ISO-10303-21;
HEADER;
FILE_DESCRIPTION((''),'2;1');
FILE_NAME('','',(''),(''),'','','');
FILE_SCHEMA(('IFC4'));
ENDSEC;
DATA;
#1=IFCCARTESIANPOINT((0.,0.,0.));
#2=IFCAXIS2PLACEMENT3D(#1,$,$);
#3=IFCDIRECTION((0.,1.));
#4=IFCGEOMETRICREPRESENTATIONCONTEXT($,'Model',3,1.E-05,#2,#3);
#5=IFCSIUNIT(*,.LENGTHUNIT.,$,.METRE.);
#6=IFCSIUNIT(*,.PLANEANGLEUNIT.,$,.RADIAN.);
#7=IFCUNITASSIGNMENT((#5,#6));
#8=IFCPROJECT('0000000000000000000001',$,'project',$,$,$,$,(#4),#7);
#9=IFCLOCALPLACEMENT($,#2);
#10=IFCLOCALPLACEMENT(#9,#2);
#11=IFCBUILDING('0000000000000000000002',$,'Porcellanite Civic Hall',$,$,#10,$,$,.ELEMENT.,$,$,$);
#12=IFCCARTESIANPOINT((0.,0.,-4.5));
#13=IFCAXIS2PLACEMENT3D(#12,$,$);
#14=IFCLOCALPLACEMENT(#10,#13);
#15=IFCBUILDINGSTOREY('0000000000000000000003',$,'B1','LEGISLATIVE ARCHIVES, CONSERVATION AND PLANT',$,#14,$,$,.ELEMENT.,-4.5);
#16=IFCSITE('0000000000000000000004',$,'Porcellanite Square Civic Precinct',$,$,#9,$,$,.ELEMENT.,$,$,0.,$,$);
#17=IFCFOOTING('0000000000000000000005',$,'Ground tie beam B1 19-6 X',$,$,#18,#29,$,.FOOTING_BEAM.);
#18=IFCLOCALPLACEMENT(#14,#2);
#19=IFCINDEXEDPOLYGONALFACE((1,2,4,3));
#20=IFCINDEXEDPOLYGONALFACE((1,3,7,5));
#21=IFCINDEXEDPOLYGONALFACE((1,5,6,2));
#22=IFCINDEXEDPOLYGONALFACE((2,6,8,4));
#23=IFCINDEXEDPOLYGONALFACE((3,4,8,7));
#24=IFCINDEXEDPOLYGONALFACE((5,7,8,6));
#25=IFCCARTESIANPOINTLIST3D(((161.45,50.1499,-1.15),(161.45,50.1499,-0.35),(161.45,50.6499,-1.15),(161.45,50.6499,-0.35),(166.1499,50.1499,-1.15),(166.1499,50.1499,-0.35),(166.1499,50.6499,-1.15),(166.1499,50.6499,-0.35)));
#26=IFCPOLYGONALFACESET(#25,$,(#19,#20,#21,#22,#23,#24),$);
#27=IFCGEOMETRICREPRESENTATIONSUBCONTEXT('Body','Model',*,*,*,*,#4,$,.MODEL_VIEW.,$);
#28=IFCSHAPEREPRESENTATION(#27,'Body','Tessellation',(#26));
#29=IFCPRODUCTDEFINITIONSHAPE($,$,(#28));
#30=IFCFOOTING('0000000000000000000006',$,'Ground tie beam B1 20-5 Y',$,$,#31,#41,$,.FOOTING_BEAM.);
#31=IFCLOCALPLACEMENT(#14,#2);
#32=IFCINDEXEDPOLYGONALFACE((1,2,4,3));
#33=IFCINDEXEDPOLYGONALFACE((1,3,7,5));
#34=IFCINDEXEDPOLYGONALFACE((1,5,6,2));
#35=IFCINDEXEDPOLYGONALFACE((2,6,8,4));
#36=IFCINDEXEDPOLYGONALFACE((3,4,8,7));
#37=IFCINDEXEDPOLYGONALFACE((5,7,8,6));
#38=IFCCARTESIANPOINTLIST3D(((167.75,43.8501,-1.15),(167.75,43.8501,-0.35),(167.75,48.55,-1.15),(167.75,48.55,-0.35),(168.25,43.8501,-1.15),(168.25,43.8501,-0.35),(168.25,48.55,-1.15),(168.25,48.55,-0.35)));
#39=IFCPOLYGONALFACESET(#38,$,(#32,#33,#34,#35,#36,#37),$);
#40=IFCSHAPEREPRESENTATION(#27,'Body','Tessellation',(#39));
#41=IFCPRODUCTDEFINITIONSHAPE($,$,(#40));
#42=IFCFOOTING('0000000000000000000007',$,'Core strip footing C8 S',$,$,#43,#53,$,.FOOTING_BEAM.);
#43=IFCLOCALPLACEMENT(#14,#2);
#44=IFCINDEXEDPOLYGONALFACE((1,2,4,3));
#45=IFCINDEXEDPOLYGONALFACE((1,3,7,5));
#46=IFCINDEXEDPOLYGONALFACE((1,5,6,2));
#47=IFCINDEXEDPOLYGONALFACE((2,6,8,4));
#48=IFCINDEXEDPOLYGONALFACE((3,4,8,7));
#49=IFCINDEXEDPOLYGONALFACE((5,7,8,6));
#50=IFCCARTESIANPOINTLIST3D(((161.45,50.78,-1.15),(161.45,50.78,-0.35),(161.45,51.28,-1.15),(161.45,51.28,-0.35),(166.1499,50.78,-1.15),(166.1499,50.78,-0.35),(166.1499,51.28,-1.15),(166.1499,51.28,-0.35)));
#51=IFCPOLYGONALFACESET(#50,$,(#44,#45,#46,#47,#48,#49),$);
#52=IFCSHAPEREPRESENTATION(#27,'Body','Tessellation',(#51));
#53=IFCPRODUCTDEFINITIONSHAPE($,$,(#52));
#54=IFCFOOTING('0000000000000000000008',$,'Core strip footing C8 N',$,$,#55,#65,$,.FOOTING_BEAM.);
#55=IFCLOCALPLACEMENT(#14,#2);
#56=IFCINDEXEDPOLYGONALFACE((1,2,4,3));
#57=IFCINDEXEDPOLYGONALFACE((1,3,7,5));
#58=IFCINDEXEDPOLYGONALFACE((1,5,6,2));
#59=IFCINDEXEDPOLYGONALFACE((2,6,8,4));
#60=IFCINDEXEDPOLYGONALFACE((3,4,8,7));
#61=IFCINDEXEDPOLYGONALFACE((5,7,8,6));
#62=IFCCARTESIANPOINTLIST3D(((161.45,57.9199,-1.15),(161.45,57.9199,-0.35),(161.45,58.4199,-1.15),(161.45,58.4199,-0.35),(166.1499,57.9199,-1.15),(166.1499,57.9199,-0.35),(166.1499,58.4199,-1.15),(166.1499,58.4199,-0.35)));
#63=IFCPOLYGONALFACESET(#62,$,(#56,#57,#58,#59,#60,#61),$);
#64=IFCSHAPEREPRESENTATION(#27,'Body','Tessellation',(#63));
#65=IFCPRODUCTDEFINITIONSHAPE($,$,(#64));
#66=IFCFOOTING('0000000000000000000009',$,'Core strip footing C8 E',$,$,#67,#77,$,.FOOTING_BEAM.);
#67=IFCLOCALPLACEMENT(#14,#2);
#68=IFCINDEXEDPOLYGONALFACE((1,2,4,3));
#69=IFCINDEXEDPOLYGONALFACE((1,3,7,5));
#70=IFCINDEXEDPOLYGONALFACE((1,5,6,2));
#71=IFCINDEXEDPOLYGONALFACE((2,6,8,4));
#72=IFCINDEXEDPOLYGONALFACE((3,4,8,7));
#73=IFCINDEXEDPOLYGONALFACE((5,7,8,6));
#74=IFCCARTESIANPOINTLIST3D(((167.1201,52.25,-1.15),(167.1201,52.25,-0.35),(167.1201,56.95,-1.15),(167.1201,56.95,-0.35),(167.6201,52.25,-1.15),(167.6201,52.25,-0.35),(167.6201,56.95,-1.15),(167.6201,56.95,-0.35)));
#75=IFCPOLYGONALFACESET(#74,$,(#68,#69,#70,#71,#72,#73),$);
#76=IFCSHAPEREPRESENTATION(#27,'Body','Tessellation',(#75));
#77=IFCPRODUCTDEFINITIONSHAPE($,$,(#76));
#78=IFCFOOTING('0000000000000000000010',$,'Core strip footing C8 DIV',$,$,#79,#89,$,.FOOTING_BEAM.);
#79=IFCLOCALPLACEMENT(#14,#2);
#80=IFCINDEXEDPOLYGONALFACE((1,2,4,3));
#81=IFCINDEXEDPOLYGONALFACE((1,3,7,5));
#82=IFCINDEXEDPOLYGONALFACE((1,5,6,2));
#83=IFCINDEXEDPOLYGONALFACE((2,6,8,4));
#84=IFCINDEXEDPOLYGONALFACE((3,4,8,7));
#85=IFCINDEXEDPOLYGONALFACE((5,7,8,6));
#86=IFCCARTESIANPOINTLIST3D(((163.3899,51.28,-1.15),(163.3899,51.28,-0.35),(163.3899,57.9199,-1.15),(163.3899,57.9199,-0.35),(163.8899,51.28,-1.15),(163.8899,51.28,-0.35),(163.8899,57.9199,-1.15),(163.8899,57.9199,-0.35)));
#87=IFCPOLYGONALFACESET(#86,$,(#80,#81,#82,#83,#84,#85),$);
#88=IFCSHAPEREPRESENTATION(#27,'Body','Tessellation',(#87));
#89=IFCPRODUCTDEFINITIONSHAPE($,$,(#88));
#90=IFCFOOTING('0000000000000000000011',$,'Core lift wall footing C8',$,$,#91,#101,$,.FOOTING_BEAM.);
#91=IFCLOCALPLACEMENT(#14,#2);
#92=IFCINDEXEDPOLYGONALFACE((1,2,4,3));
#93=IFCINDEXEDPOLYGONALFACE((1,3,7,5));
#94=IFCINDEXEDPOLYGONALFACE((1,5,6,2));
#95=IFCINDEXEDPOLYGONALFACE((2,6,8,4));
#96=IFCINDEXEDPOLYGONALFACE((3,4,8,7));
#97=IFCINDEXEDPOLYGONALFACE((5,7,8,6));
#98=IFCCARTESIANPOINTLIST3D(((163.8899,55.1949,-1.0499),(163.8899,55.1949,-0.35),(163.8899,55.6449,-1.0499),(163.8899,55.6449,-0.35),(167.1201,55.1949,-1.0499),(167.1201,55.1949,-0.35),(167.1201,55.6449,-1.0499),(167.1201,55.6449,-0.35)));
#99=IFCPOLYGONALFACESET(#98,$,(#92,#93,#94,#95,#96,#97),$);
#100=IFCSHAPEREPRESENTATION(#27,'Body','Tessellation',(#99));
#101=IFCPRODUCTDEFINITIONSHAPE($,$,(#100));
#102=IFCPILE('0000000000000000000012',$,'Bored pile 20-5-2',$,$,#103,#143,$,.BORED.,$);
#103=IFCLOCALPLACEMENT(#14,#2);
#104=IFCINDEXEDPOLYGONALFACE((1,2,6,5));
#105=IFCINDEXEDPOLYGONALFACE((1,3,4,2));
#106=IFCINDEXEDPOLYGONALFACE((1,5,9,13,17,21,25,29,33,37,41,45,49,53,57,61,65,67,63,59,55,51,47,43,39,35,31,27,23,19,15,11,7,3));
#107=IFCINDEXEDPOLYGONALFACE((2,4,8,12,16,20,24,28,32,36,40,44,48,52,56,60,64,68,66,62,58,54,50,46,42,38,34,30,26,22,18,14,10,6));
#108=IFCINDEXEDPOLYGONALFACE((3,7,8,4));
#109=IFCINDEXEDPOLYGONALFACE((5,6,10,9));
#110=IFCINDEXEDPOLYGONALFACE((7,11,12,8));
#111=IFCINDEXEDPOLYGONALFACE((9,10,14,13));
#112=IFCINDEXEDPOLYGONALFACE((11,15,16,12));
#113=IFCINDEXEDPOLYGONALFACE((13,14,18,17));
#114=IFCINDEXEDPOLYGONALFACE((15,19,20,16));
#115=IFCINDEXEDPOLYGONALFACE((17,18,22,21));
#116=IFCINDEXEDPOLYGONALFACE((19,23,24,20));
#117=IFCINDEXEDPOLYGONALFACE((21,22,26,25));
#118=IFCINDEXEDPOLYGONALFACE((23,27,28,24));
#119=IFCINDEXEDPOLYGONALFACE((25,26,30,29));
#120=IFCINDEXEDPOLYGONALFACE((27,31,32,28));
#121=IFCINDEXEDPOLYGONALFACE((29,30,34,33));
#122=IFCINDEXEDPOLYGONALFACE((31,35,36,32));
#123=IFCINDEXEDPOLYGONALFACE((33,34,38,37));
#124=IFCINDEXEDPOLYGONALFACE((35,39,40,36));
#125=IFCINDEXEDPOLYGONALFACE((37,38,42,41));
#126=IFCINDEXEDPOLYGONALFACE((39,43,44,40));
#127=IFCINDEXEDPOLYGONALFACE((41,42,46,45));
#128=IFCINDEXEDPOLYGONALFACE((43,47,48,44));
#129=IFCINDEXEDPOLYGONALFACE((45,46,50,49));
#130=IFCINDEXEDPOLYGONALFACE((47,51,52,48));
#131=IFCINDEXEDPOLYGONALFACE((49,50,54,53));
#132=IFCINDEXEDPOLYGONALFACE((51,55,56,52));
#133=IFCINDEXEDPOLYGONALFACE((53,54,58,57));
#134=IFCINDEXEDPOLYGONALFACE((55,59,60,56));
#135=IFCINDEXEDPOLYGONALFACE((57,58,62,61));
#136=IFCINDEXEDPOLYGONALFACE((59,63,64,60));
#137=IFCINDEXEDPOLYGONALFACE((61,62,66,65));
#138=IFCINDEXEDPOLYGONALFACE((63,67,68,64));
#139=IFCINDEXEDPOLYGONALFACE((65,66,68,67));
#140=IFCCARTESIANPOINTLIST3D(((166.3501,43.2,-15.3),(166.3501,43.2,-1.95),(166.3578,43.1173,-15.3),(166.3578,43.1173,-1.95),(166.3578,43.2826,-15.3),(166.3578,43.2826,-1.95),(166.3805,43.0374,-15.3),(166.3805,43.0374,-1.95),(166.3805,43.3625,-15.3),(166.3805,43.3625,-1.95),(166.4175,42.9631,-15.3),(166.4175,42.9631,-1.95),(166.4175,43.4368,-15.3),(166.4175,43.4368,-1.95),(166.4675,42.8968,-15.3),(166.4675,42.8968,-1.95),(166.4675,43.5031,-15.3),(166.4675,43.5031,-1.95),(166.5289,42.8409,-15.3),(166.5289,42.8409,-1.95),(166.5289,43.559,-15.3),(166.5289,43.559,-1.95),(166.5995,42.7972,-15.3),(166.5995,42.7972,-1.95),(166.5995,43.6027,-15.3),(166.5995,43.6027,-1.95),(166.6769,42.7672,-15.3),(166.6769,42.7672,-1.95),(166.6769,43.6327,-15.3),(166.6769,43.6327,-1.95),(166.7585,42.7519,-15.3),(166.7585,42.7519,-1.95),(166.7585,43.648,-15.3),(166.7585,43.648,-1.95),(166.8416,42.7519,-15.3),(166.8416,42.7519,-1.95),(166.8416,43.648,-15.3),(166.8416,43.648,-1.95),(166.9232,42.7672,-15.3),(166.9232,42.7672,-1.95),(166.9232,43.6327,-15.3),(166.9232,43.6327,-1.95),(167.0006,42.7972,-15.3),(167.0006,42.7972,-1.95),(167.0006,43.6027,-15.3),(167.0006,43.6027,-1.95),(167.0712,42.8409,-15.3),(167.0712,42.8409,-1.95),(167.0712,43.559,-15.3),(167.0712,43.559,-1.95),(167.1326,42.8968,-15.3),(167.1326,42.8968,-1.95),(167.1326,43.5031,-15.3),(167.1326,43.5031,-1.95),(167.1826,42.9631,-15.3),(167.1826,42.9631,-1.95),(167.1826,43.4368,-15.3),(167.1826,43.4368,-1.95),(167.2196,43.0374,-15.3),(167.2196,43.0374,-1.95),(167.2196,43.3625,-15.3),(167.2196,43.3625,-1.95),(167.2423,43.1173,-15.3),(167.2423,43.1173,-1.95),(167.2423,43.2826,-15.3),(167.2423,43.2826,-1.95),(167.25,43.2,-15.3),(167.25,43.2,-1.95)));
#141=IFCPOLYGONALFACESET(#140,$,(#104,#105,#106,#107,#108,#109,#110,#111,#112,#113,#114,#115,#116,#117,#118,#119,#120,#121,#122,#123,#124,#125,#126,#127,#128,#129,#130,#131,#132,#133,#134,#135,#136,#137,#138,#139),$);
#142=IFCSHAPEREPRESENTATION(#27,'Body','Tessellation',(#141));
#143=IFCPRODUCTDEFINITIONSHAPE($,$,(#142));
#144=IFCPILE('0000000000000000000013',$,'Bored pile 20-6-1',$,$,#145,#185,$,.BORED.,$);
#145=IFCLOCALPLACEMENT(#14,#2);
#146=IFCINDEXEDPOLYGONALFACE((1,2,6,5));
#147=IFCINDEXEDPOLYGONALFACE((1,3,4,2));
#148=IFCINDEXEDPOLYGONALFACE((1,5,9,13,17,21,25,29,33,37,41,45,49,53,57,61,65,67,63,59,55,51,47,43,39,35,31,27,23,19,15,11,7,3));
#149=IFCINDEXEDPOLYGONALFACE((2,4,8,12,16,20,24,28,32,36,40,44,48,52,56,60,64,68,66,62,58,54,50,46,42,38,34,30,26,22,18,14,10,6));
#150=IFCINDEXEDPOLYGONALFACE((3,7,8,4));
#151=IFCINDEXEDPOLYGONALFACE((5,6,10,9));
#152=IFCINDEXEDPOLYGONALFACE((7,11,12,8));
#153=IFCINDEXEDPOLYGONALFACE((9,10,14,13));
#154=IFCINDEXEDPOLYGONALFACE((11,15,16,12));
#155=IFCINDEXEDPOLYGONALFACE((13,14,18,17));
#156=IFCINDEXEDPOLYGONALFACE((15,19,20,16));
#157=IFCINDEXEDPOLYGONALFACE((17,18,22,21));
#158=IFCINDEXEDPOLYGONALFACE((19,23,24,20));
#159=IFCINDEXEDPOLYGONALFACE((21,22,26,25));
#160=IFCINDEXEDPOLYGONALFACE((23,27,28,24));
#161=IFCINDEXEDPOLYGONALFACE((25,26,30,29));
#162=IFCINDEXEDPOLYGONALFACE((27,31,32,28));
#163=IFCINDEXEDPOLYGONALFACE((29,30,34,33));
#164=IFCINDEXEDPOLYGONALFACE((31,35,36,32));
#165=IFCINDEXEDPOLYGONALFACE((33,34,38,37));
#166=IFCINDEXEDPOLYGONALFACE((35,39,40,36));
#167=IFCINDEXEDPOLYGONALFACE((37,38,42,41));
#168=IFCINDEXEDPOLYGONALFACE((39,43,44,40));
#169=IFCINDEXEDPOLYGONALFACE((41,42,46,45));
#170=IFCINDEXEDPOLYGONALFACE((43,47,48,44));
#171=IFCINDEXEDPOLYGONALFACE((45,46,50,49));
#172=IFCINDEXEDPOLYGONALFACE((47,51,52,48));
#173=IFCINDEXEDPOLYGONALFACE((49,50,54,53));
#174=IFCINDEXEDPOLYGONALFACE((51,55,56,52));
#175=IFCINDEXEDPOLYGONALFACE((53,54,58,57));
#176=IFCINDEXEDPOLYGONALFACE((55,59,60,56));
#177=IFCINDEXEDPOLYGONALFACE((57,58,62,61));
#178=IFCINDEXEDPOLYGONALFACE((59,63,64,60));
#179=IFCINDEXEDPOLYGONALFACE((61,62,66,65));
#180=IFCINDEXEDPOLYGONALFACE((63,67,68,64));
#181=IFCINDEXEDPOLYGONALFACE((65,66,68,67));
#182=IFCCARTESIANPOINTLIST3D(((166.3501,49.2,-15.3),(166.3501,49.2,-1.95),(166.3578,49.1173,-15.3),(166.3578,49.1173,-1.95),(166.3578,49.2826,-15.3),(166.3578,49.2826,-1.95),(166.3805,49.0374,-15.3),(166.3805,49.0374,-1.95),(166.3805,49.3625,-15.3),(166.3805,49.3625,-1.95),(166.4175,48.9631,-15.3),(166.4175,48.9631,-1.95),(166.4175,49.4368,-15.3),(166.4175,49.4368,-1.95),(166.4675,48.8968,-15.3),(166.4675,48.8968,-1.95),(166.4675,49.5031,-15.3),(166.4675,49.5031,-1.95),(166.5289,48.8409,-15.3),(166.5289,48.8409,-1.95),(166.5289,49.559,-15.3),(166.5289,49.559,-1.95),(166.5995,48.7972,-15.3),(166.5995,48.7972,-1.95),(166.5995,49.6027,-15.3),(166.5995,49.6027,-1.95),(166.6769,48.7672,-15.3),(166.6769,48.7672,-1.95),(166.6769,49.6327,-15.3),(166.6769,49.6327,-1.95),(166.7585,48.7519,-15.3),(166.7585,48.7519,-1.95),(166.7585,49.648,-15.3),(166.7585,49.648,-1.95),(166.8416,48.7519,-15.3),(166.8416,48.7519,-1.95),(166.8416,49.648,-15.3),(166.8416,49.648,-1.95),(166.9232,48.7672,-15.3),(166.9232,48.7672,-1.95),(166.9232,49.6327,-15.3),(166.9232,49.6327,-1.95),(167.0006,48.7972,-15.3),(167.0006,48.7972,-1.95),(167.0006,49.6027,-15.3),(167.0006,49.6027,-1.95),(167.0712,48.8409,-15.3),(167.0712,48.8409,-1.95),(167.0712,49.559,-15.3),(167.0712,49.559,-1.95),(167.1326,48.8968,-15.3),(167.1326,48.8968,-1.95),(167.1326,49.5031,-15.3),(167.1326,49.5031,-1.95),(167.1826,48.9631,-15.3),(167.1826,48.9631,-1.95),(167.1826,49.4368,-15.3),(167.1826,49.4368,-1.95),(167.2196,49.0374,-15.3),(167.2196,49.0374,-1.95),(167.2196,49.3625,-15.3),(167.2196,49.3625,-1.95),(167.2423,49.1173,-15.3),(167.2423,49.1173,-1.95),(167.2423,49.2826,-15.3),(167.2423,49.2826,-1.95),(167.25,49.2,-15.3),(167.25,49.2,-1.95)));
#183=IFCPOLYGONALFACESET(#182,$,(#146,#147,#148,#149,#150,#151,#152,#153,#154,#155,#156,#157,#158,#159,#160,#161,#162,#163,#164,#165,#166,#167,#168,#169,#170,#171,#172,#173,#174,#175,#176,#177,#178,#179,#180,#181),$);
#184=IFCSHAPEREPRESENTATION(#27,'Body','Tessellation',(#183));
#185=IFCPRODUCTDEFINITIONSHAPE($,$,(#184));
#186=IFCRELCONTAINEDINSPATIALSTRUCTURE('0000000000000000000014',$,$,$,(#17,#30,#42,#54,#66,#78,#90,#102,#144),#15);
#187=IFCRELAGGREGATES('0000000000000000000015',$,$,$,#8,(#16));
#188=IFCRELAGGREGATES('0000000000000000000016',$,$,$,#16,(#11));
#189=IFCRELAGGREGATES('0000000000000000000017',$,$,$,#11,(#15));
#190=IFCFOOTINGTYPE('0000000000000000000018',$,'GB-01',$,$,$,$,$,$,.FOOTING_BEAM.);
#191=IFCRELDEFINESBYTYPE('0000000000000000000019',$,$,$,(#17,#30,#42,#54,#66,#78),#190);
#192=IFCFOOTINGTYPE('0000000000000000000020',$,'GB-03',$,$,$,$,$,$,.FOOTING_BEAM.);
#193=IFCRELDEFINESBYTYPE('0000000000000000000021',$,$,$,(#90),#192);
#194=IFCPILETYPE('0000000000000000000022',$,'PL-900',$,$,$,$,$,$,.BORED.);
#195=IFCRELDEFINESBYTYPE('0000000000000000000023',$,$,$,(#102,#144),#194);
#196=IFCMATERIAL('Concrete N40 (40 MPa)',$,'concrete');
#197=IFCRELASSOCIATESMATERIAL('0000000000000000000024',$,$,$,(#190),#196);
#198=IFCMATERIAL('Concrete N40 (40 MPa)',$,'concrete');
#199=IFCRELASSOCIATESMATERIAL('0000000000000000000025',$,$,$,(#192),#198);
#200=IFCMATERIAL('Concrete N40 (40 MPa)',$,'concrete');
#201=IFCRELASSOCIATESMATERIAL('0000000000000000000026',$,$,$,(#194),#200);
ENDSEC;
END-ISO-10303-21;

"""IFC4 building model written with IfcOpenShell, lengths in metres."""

from ifc_helpers import new_model, si_unit, direction, frame, origin, origin_2d, place, context, subcontext, project, spatial, rectangle, circle, extrude, material, material_profile, profile_set, type_object, element, save


model = new_model("IFC4")

# Units and contexts
model_context = context("Model", 3, precision=1e-05, world=origin(), true_north=direction((0.0, 1.0)))
body_context = subcontext(model_context, "Body", "Model", "MODEL_VIEW")
ifc_project = project(units=[si_unit("LENGTHUNIT", "METRE"), si_unit("PLANEANGLEUNIT", "RADIAN")], contexts=[model_context])

# Site, building, storey
site_placement = place(None, origin())
site = spatial("IfcSite", under=ifc_project, at=site_placement, Name="Porcellanite Square Civic Precinct", CompositionType="ELEMENT", RefElevation=0.0)
building_placement = place(site_placement, origin())
building = spatial("IfcBuilding", under=site, at=building_placement, Name="Porcellanite Civic Hall", CompositionType="ELEMENT")
storey_placement = place(building_placement, frame((0.0, 0.0, -4.5)))
storey = spatial("IfcBuildingStorey", under=building, at=storey_placement, Name="B1", Description="LEGISLATIVE ARCHIVES, CONSERVATION AND PLANT", CompositionType="ELEMENT", Elevation=-4.5)

# Footings
ifc_material_1 = material(Name="Concrete N40 (40 MPa)", Category="concrete")
ifc_material_profile_1 = material_profile(ifc_material_1, rectangle(XDim=0.5, YDim=0.8, at=origin_2d()), Name="RC-500x800")
ifc_profile_set_1 = profile_set([ifc_material_profile_1], Name="Concrete N40 (40 MPa)")
footing_type_1 = type_object("IfcFootingType", Name="GB-01", PredefinedType="FOOTING_BEAM", material=ifc_profile_set_1)
for number, where, z_axis, x_axis, name in (
    (1, (161.45, 50.3999, -0.75), (1.0, 0.0, 0.0), (0.0, 1.0, 0.0), "Ground tie beam B1 19-6 X"),
    (2, (168.0, 43.8501, -0.75), (0.0, 1.0, 0.0), (-1.0, 0.0, 0.0), "Ground tie beam B1 20-5 Y"),
    (3, (161.45, 51.03, -0.75), (1.0, 0.0, 0.0), (0.0, 1.0, 0.0), "Core strip footing C8 S"),
    (4, (161.45, 58.1699, -0.75), (1.0, 0.0, 0.0), (0.0, 1.0, 0.0), "Core strip footing C8 N"),
    (5, (167.3701, 52.25, -0.75), (0.0, 1.0, 0.0), (-1.0, 0.0, 0.0), "Core strip footing C8 E"),
):
    element("IfcFooting", number, at=place(storey_placement, frame(where, z_axis=z_axis, x_axis=x_axis)), inside=storey, type_object=footing_type_1, Name=name, PredefinedType="FOOTING_BEAM", context=body_context, shape_type="SweptSolid", body=[
        extrude(rectangle(XDim=0.5, YDim=0.8, at=origin_2d()), origin(), (0.0, 0.0, 1.0), 4.7),
    ])
footing_1_placement = place(storey_placement, frame((163.6399, 51.28, -0.75), z_axis=(0.0, 1.0, 0.0), x_axis=(-1.0, 0.0, 0.0)))
element("IfcFooting", 6, at=footing_1_placement, inside=storey, type_object=footing_type_1, Name="Core strip footing C8 DIV", PredefinedType="FOOTING_BEAM", context=body_context, shape_type="SweptSolid", body=[
    extrude(rectangle(XDim=0.5, YDim=0.8, at=origin_2d()), origin(), (0.0, 0.0, 1.0), 6.6399),
])
ifc_material_2 = material(Name="Concrete N40 (40 MPa)", Category="concrete")
ifc_material_profile_2 = material_profile(ifc_material_2, rectangle(XDim=0.45, YDim=0.7, at=origin_2d()), Name="RC-450x700")
ifc_profile_set_2 = profile_set([ifc_material_profile_2], Name="Concrete N40 (40 MPa)")
footing_type_2 = type_object("IfcFootingType", Name="GB-03", PredefinedType="FOOTING_BEAM", material=ifc_profile_set_2)
footing_2_placement = place(storey_placement, frame((163.8899, 55.4199, -0.7), z_axis=(1.0, 0.0, 0.0), x_axis=(0.0, 1.0, 0.0)))
element("IfcFooting", 7, at=footing_2_placement, inside=storey, type_object=footing_type_2, Name="Core lift wall footing C8", PredefinedType="FOOTING_BEAM", context=body_context, shape_type="SweptSolid", body=[
    extrude(rectangle(XDim=0.45, YDim=0.7, at=origin_2d()), origin(), (0.0, 0.0, 1.0), 3.2302),
])

# Piles
ifc_material_3 = material(Name="Concrete N40 (40 MPa)", Category="concrete")
ifc_material_profile_3 = material_profile(ifc_material_3, circle(Radius=0.45, at=origin_2d()), Name="PILE-D900")
ifc_profile_set_3 = profile_set([ifc_material_profile_3], Name="Concrete N40 (40 MPa)")
pile_type = type_object("IfcPileType", Name="PL-900", PredefinedType="BORED", material=ifc_profile_set_3)
for number, where, z_axis, x_axis, name in (
    (8, (166.8, 43.2, -1.95), (0.0, 0.0, -1.0), (1.0, 0.0, 0.0), "Bored pile 20-5-2"),
    (9, (166.8, 49.2, -1.95), (0.0, 0.0, -1.0), (1.0, 0.0, 0.0), "Bored pile 20-6-1"),
):
    element("IfcPile", number, at=place(storey_placement, frame(where, z_axis=z_axis, x_axis=x_axis)), inside=storey, type_object=pile_type, Name=name, PredefinedType="BORED", context=body_context, shape_type="SweptSolid", body=[
        extrude(circle(Radius=0.45, at=origin_2d()), origin(), (0.0, 0.0, 1.0), 13.3501),
    ])

save(model, "model.ifc")
